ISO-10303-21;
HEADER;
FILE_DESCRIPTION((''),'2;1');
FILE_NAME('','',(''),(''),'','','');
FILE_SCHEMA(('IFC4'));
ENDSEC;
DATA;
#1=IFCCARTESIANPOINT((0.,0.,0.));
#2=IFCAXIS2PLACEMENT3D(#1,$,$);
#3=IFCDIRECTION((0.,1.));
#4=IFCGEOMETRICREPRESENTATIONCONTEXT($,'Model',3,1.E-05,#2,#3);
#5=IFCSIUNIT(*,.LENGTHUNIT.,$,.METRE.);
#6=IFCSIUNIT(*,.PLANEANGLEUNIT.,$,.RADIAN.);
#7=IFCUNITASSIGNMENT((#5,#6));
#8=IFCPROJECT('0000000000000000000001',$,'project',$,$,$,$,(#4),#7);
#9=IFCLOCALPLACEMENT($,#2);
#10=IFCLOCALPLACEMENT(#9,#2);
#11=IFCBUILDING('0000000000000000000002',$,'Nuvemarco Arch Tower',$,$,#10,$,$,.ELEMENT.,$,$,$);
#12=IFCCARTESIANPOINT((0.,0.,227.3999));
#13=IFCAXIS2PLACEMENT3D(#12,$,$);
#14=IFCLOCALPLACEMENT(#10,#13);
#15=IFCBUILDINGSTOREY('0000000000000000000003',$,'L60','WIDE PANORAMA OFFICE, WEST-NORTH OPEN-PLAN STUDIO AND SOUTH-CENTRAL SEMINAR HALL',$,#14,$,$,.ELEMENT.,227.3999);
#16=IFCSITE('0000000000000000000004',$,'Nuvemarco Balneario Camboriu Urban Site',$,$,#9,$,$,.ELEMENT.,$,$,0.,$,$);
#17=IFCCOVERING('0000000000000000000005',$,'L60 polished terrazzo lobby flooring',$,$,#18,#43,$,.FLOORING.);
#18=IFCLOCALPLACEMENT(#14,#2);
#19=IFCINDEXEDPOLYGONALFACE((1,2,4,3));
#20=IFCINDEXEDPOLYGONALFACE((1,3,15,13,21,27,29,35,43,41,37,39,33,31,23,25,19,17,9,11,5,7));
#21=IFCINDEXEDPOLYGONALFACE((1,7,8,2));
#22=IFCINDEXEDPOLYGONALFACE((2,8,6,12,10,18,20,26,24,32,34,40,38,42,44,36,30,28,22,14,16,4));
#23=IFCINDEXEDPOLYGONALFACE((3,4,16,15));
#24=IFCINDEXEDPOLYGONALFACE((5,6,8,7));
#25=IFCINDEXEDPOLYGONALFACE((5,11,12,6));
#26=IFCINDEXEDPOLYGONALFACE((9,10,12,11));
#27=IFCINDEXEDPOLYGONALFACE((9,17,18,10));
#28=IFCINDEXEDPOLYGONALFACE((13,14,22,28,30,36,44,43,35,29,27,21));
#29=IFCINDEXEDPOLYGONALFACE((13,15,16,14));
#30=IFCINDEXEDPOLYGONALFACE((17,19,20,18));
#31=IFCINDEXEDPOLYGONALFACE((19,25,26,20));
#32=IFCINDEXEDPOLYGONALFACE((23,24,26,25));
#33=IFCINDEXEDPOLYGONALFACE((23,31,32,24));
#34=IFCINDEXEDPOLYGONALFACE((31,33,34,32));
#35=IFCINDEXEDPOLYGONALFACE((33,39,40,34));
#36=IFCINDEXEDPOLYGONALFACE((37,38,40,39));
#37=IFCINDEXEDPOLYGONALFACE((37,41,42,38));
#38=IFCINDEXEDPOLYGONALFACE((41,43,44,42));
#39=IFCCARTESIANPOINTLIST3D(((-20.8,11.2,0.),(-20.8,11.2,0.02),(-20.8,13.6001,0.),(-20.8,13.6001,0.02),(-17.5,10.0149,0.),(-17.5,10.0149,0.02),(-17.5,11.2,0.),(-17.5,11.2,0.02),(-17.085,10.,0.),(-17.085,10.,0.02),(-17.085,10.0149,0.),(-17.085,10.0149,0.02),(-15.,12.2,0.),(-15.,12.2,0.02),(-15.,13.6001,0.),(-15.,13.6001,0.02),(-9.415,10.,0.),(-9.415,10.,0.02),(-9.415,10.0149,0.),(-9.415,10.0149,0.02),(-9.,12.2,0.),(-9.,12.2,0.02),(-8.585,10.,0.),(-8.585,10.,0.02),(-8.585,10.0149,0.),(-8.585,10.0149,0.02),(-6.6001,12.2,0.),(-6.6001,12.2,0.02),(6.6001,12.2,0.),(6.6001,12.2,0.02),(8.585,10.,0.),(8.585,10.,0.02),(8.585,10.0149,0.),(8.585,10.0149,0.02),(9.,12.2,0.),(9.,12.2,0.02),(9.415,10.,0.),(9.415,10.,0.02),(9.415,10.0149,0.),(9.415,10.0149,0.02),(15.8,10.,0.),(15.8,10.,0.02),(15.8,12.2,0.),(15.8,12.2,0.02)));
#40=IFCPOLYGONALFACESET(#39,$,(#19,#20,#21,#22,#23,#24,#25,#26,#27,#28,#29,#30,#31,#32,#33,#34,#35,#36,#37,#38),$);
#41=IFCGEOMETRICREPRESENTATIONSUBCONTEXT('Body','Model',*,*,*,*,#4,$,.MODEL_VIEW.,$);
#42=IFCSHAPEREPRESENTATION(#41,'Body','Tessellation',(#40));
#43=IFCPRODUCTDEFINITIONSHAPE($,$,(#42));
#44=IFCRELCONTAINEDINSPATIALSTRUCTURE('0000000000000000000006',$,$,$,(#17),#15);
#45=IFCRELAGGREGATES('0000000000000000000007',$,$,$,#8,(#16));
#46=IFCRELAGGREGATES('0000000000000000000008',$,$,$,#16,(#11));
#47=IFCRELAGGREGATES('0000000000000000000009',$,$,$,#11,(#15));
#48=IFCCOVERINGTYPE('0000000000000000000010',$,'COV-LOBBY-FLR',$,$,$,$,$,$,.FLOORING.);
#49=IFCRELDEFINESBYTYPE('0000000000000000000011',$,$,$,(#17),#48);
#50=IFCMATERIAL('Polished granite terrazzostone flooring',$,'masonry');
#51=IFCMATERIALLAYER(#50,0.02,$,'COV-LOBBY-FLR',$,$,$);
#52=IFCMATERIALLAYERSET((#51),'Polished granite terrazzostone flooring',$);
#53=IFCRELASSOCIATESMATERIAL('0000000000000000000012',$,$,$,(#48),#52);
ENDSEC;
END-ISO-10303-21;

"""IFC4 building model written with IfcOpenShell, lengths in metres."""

from ifc_helpers import new_model, si_unit, direction, frame, origin, place, context, subcontext, project, spatial, polyline, outline, extrude, material, layer, layer_set, type_object, element, save


model = new_model("IFC4")

# Units and contexts
model_context = context("Model", 3, precision=1e-05, world=origin(), true_north=direction((0.0, 1.0)))
body_context = subcontext(model_context, "Body", "Model", "MODEL_VIEW")
ifc_project = project(units=[si_unit("LENGTHUNIT", "METRE"), si_unit("PLANEANGLEUNIT", "RADIAN")], contexts=[model_context])

# Site, building, storey
site_placement = place(None, origin())
site = spatial("IfcSite", under=ifc_project, at=site_placement, Name="Nuvemarco Balneario Camboriu Urban Site", CompositionType="ELEMENT", RefElevation=0.0)
building_placement = place(site_placement, origin())
building = spatial("IfcBuilding", under=site, at=building_placement, Name="Nuvemarco Arch Tower", CompositionType="ELEMENT")
storey_placement = place(building_placement, frame((0.0, 0.0, 227.3999)))
storey = spatial("IfcBuildingStorey", under=building, at=storey_placement, Name="L60", Description="WIDE PANORAMA OFFICE, WEST-NORTH OPEN-PLAN STUDIO AND SOUTH-CENTRAL SEMINAR HALL", CompositionType="ELEMENT", Elevation=227.3999)

# Covering
ifc_material_1 = material(Name="Polished granite terrazzostone flooring", Category="masonry")
ifc_layer_1 = layer(ifc_material_1, 0.02, Name="COV-LOBBY-FLR")
ifc_layer_set_1 = layer_set([ifc_layer_1], Name="Polished granite terrazzostone flooring")
covering_type_1 = type_object("IfcCoveringType", Name="COV-LOBBY-FLR", PredefinedType="FLOORING", material=ifc_layer_set_1)
covering_1_placement = place(storey_placement, origin())
element("IfcCovering", 1, at=covering_1_placement, inside=storey, type_object=covering_type_1, Name="L60 polished terrazzo lobby flooring", PredefinedType="FLOORING", context=body_context, shape_type="SweptSolid", body=[
    extrude(outline(polyline([(-8.585, 10.0149), (-9.415, 10.0149), (-9.415, 10.0), (-17.085, 10.0), (-17.085, 10.0149), (-17.5, 10.0149), (-17.5, 11.2), (-20.8, 11.2), (-20.8, 13.6001), (-15.0, 13.6001), (-15.0, 12.2), (-9.0, 12.2), (-6.6001, 12.2), (6.6001, 12.2), (9.0, 12.2), (15.8, 12.2), (15.8, 10.0), (9.415, 10.0), (9.415, 10.0149), (8.585, 10.0149), (8.585, 10.0), (-8.585, 10.0), (-8.585, 10.0149)])), origin(), (0.0, 0.0, 1.0), 0.02),
])

save(model, "model.ifc")
